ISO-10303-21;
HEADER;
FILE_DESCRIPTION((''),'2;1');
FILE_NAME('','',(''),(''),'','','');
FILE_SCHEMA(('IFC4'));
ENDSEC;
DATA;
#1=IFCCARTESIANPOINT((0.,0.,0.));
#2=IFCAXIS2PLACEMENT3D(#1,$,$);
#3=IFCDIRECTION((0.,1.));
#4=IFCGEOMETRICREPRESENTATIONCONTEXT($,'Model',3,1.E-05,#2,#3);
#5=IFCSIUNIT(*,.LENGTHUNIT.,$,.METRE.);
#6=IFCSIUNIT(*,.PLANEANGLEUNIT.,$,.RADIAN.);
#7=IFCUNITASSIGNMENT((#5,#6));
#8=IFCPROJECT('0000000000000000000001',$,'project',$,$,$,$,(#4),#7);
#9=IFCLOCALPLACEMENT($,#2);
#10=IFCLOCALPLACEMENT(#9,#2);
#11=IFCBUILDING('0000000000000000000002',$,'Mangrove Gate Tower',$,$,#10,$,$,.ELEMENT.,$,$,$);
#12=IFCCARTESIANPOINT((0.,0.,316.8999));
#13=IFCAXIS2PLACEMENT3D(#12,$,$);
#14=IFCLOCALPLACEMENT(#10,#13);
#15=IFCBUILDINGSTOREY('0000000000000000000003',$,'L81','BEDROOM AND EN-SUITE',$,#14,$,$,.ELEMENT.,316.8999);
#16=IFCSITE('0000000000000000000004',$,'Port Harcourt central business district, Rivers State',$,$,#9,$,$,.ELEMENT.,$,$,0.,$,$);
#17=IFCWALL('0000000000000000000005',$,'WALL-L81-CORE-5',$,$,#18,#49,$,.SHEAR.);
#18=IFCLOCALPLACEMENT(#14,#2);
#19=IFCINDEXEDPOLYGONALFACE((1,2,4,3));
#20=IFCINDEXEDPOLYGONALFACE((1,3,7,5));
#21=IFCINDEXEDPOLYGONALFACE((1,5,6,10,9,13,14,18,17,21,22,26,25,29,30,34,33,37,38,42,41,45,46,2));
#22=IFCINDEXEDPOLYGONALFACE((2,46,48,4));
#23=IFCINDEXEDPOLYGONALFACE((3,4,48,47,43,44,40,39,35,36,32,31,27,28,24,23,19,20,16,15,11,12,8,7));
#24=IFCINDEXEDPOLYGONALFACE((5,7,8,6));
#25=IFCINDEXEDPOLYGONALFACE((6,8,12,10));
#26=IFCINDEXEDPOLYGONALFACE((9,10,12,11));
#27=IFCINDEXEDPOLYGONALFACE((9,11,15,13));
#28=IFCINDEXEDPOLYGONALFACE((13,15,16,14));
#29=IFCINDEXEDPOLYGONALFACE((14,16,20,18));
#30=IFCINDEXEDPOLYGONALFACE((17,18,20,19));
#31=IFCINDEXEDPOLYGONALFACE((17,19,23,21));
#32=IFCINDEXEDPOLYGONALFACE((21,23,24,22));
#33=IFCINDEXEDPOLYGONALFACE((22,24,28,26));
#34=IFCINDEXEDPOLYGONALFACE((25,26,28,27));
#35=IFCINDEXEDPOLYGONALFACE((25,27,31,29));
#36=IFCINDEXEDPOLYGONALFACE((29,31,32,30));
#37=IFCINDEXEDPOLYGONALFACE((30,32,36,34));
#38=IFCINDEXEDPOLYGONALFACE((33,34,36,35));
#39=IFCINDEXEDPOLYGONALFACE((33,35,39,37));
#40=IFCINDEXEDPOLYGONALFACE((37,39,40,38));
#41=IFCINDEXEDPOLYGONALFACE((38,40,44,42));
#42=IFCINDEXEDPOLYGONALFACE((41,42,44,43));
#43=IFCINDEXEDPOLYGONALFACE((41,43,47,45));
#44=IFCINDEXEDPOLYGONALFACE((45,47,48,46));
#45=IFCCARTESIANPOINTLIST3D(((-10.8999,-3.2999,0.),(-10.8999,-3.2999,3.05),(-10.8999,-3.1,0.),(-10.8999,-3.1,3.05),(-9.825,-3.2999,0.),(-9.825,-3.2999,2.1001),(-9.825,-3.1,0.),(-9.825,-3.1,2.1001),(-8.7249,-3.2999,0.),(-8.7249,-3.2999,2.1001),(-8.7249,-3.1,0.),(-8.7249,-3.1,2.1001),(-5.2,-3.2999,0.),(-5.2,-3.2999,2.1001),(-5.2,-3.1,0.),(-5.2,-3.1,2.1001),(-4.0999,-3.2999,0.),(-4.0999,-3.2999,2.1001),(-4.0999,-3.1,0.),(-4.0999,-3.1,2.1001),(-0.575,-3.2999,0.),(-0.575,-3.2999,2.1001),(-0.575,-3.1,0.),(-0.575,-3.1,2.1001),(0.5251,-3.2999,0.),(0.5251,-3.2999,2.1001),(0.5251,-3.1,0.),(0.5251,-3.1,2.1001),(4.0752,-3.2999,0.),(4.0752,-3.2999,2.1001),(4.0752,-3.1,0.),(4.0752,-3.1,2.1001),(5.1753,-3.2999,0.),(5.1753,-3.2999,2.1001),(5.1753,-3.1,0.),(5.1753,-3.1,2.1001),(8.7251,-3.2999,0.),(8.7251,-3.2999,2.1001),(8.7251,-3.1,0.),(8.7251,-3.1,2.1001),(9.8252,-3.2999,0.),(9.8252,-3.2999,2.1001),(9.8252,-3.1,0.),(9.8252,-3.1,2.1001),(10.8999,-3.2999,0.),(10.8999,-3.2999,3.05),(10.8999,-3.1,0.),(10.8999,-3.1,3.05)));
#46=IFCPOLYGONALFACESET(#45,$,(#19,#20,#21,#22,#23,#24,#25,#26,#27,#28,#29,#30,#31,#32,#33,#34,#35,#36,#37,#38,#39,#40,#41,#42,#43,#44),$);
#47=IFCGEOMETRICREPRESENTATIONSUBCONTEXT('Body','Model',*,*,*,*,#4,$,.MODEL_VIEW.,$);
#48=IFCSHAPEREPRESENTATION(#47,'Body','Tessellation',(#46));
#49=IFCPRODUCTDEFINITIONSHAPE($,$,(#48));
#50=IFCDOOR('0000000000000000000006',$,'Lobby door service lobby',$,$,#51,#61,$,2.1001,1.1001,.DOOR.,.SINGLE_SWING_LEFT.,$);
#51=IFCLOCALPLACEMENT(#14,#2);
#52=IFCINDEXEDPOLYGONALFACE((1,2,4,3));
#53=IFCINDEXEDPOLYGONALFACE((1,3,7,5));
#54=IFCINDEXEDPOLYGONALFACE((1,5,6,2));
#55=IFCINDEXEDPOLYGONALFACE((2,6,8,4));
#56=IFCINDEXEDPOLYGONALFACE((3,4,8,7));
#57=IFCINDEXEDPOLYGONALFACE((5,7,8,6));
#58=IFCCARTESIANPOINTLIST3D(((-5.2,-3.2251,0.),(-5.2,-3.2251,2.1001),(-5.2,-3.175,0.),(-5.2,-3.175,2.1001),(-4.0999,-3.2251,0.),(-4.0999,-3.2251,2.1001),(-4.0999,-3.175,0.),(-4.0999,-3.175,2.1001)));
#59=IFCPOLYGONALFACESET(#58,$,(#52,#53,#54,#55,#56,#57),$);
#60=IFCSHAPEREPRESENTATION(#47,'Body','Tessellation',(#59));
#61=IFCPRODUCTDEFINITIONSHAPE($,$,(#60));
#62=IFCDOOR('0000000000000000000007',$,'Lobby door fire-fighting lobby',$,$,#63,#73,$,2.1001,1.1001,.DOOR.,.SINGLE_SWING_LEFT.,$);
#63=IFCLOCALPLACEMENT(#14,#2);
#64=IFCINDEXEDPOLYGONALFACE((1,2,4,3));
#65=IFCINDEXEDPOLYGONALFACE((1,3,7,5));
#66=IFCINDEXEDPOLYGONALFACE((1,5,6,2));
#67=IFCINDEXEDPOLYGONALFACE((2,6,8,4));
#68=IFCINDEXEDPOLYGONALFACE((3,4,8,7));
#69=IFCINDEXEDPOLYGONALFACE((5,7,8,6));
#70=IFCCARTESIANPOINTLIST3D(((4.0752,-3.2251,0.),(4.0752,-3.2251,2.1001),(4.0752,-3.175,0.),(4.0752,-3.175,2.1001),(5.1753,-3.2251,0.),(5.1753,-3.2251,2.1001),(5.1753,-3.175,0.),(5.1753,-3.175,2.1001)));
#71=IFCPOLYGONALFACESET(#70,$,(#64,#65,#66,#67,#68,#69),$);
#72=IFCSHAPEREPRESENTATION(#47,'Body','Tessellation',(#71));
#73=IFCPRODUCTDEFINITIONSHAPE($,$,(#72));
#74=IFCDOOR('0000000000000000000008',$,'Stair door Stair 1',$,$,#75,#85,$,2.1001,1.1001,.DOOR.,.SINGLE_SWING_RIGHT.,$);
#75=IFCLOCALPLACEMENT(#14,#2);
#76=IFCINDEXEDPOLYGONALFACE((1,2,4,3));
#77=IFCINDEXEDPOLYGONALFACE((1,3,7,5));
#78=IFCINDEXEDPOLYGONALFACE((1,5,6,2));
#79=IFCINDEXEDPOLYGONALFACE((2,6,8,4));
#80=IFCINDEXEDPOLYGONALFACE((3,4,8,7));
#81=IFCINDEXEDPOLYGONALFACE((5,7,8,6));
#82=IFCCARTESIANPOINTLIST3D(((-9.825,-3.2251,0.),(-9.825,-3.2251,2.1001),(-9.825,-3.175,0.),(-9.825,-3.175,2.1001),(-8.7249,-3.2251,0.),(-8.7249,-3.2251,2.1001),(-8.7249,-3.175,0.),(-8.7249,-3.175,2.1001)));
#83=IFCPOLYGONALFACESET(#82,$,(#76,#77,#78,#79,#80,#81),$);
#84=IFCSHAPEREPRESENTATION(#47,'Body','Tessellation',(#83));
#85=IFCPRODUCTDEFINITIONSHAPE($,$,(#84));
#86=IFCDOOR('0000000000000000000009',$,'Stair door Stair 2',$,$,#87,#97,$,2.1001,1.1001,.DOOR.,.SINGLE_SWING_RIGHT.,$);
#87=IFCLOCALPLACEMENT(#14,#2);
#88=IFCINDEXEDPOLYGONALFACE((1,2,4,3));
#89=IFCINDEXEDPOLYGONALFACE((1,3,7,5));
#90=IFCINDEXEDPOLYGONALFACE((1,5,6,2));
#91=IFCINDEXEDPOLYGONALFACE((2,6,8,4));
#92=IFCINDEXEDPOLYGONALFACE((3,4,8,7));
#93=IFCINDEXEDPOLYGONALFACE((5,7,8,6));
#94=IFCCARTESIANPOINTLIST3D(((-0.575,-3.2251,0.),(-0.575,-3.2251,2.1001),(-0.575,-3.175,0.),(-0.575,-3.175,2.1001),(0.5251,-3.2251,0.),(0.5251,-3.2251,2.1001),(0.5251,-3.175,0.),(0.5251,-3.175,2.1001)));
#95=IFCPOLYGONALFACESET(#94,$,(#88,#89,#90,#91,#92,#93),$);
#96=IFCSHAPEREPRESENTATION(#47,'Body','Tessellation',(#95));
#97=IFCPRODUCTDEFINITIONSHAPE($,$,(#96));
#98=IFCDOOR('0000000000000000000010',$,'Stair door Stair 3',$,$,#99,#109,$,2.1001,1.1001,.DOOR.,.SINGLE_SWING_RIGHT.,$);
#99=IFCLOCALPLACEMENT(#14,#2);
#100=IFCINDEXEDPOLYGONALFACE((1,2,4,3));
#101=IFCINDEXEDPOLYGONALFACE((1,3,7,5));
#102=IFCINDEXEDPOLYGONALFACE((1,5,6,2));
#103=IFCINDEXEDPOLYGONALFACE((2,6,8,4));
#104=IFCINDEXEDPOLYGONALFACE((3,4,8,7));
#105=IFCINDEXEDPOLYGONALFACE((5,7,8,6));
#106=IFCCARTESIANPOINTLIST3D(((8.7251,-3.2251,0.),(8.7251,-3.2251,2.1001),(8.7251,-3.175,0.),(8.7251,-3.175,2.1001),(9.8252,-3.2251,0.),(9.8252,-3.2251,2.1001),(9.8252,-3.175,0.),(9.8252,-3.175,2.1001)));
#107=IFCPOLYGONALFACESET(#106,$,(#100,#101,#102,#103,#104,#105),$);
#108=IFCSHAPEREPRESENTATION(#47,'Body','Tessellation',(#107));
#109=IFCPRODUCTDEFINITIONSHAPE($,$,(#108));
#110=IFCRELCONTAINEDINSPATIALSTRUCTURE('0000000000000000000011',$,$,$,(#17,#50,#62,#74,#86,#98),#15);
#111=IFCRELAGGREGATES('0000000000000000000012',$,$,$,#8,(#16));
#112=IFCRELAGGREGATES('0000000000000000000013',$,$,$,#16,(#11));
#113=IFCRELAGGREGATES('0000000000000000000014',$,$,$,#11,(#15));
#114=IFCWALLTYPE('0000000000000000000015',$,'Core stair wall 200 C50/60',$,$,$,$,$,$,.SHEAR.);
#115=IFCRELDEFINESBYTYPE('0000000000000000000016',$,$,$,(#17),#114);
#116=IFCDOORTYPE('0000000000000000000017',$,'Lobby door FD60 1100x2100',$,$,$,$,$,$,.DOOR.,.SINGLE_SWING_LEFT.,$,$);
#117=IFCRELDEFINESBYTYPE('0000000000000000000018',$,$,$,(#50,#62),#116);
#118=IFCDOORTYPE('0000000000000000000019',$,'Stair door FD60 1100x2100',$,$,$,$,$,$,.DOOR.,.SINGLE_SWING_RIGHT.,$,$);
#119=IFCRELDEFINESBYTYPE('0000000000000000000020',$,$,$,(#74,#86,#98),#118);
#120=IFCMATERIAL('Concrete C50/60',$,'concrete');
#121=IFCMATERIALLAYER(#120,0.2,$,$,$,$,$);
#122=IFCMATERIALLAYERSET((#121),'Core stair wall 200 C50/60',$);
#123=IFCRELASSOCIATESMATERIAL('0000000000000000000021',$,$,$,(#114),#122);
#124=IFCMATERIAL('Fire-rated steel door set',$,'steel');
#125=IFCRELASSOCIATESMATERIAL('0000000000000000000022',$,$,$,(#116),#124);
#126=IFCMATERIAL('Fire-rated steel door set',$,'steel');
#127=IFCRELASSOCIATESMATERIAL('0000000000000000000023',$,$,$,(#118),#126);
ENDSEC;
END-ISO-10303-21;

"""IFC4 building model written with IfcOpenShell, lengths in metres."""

from ifc_helpers import new_model, si_unit, direction, frame, frame_2d, origin, place, context, subcontext, project, spatial, rectangle, extrude, material, layer, layer_set, type_object, element, fill, save


model = new_model("IFC4")

# Units and contexts
model_context = context("Model", 3, precision=1e-05, world=origin(), true_north=direction((0.0, 1.0)))
body_context = subcontext(model_context, "Body", "Model", "MODEL_VIEW")
ifc_project = project(units=[si_unit("LENGTHUNIT", "METRE"), si_unit("PLANEANGLEUNIT", "RADIAN")], contexts=[model_context])

# Site, building, storey
site_placement = place(None, origin())
site = spatial("IfcSite", under=ifc_project, at=site_placement, Name="Port Harcourt central business district, Rivers State", CompositionType="ELEMENT", RefElevation=0.0)
building_placement = place(site_placement, origin())
building = spatial("IfcBuilding", under=site, at=building_placement, Name="Mangrove Gate Tower", CompositionType="ELEMENT")
storey_placement = place(building_placement, frame((0.0, 0.0, 316.8999)))
storey = spatial("IfcBuildingStorey", under=building, at=storey_placement, Name="L81", Description="BEDROOM AND EN-SUITE", CompositionType="ELEMENT", Elevation=316.8999)

# Wall, openings, doors
ifc_material_1 = material(Name="Concrete C50/60", Category="concrete")
ifc_layer_1 = layer(ifc_material_1, 0.2)
ifc_layer_set_1 = layer_set([ifc_layer_1], Name="Core stair wall 200 C50/60")
wall_type_1 = type_object("IfcWallType", Name="Core stair wall 200 C50/60", PredefinedType="SHEAR", material=ifc_layer_set_1)
wall_1_placement = place(storey_placement, frame((-10.8999, -3.2, 0.0), z_axis=(0.0, 0.0, 1.0), x_axis=(1.0, 0.0, 0.0)))
wall_1 = element("IfcWall", 1, at=wall_1_placement, inside=storey, type_object=wall_type_1, Name="WALL-L81-CORE-5", PredefinedType="SHEAR", context=body_context, shape_type="SweptSolid", body=[
    extrude(rectangle(XDim=21.7998, YDim=0.2, at=frame_2d((10.8999, 0.0))), origin(), (0.0, 0.0, 1.0), 3.05),
])
opening_1_placement = place(wall_1_placement, frame((1.075, 0.0, 0.0)))
opening_1 = element("IfcOpeningElement", 2, at=opening_1_placement, cuts=wall_1, PredefinedType="OPENING", context=body_context, shape_type="SweptSolid", body=[
    extrude(rectangle(XDim=1.1001, YDim=2.1001, at=frame_2d((0.55, 1.05))), frame((0.0, 0.1099, 0.0), z_axis=(0.0, -1.0, 0.0), x_axis=(1.0, 0.0, 0.0)), (0.0, 0.0, 1.0), 0.22),
])
opening_2_placement = place(wall_1_placement, frame((10.325, 0.0, 0.0)))
opening_2 = element("IfcOpeningElement", 3, at=opening_2_placement, cuts=wall_1, PredefinedType="OPENING", context=body_context, shape_type="SweptSolid", body=[
    extrude(rectangle(XDim=1.1001, YDim=2.1001, at=frame_2d((0.55, 1.05))), frame((0.0, 0.1099, 0.0), z_axis=(0.0, -1.0, 0.0), x_axis=(1.0, 0.0, 0.0)), (0.0, 0.0, 1.0), 0.22),
])
opening_3_placement = place(wall_1_placement, frame((19.625, 0.0, 0.0)))
opening_3 = element("IfcOpeningElement", 4, at=opening_3_placement, cuts=wall_1, PredefinedType="OPENING", context=body_context, shape_type="SweptSolid", body=[
    extrude(rectangle(XDim=1.1001, YDim=2.1001, at=frame_2d((0.55, 1.05))), frame((0.0, 0.1099, 0.0), z_axis=(0.0, -1.0, 0.0), x_axis=(1.0, 0.0, 0.0)), (0.0, 0.0, 1.0), 0.22),
])
opening_4_placement = place(wall_1_placement, frame((5.7, 0.0, 0.0)))
opening_4 = element("IfcOpeningElement", 5, at=opening_4_placement, cuts=wall_1, PredefinedType="OPENING", context=body_context, shape_type="SweptSolid", body=[
    extrude(rectangle(XDim=1.1001, YDim=2.1001, at=frame_2d((0.55, 1.05))), frame((0.0, 0.1099, 0.0), z_axis=(0.0, -1.0, 0.0), x_axis=(1.0, 0.0, 0.0)), (0.0, 0.0, 1.0), 0.22),
])
opening_5_placement = place(wall_1_placement, frame((14.9751, 0.0, 0.0)))
opening_5 = element("IfcOpeningElement", 6, at=opening_5_placement, cuts=wall_1, PredefinedType="OPENING", context=body_context, shape_type="SweptSolid", body=[
    extrude(rectangle(XDim=1.1001, YDim=2.1001, at=frame_2d((0.55, 1.05))), frame((0.0, 0.1099, 0.0), z_axis=(0.0, -1.0, 0.0), x_axis=(1.0, 0.0, 0.0)), (0.0, 0.0, 1.0), 0.22),
])
ifc_material_2 = material(Name="Fire-rated steel door set", Category="steel")
door_type_1 = type_object("IfcDoorType", Name="Lobby door FD60 1100x2100", OperationType="SINGLE_SWING_LEFT", PredefinedType="DOOR", material=ifc_material_2)
door_1_placement = place(opening_4_placement, origin())
door_1 = element("IfcDoor", 7, at=door_1_placement, inside=storey, type_object=door_type_1, Name="Lobby door service lobby", OperationType="SINGLE_SWING_LEFT", OverallHeight=2.1001, OverallWidth=1.1001, PredefinedType="DOOR", context=body_context, shape_type="SweptSolid", body=[
    extrude(rectangle(XDim=1.1001, YDim=2.1001, at=frame_2d((0.55, 1.05))), frame((0.0, 0.0249, 0.0), z_axis=(0.0, -1.0, 0.0), x_axis=(1.0, 0.0, 0.0)), (0.0, 0.0, 1.0), 0.05),
])
fill(opening_4, door_1)
door_2_placement = place(opening_5_placement, origin())
door_2 = element("IfcDoor", 8, at=door_2_placement, inside=storey, type_object=door_type_1, Name="Lobby door fire-fighting lobby", OperationType="SINGLE_SWING_LEFT", OverallHeight=2.1001, OverallWidth=1.1001, PredefinedType="DOOR", context=body_context, shape_type="SweptSolid", body=[
    extrude(rectangle(XDim=1.1001, YDim=2.1001, at=frame_2d((0.55, 1.05))), frame((0.0, 0.0249, 0.0), z_axis=(0.0, -1.0, 0.0), x_axis=(1.0, 0.0, 0.0)), (0.0, 0.0, 1.0), 0.05),
])
fill(opening_5, door_2)
ifc_material_3 = material(Name="Fire-rated steel door set", Category="steel")
door_type_2 = type_object("IfcDoorType", Name="Stair door FD60 1100x2100", OperationType="SINGLE_SWING_RIGHT", PredefinedType="DOOR", material=ifc_material_3)
door_3_placement = place(opening_1_placement, origin())
door_3 = element("IfcDoor", 9, at=door_3_placement, inside=storey, type_object=door_type_2, Name="Stair door Stair 1", OperationType="SINGLE_SWING_RIGHT", OverallHeight=2.1001, OverallWidth=1.1001, PredefinedType="DOOR", context=body_context, shape_type="SweptSolid", body=[
    extrude(rectangle(XDim=1.1001, YDim=2.1001, at=frame_2d((0.55, 1.05))), frame((0.0, 0.0249, 0.0), z_axis=(0.0, -1.0, 0.0), x_axis=(1.0, 0.0, 0.0)), (0.0, 0.0, 1.0), 0.05),
])
fill(opening_1, door_3)
door_4_placement = place(opening_2_placement, origin())
door_4 = element("IfcDoor", 10, at=door_4_placement, inside=storey, type_object=door_type_2, Name="Stair door Stair 2", OperationType="SINGLE_SWING_RIGHT", OverallHeight=2.1001, OverallWidth=1.1001, PredefinedType="DOOR", context=body_context, shape_type="SweptSolid", body=[
    extrude(rectangle(XDim=1.1001, YDim=2.1001, at=frame_2d((0.55, 1.05))), frame((0.0, 0.0249, 0.0), z_axis=(0.0, -1.0, 0.0), x_axis=(1.0, 0.0, 0.0)), (0.0, 0.0, 1.0), 0.05),
])
fill(opening_2, door_4)
door_5_placement = place(opening_3_placement, origin())
door_5 = element("IfcDoor", 11, at=door_5_placement, inside=storey, type_object=door_type_2, Name="Stair door Stair 3", OperationType="SINGLE_SWING_RIGHT", OverallHeight=2.1001, OverallWidth=1.1001, PredefinedType="DOOR", context=body_context, shape_type="SweptSolid", body=[
    extrude(rectangle(XDim=1.1001, YDim=2.1001, at=frame_2d((0.55, 1.05))), frame((0.0, 0.0249, 0.0), z_axis=(0.0, -1.0, 0.0), x_axis=(1.0, 0.0, 0.0)), (0.0, 0.0, 1.0), 0.05),
])
fill(opening_3, door_5)

save(model, "model.ifc")
